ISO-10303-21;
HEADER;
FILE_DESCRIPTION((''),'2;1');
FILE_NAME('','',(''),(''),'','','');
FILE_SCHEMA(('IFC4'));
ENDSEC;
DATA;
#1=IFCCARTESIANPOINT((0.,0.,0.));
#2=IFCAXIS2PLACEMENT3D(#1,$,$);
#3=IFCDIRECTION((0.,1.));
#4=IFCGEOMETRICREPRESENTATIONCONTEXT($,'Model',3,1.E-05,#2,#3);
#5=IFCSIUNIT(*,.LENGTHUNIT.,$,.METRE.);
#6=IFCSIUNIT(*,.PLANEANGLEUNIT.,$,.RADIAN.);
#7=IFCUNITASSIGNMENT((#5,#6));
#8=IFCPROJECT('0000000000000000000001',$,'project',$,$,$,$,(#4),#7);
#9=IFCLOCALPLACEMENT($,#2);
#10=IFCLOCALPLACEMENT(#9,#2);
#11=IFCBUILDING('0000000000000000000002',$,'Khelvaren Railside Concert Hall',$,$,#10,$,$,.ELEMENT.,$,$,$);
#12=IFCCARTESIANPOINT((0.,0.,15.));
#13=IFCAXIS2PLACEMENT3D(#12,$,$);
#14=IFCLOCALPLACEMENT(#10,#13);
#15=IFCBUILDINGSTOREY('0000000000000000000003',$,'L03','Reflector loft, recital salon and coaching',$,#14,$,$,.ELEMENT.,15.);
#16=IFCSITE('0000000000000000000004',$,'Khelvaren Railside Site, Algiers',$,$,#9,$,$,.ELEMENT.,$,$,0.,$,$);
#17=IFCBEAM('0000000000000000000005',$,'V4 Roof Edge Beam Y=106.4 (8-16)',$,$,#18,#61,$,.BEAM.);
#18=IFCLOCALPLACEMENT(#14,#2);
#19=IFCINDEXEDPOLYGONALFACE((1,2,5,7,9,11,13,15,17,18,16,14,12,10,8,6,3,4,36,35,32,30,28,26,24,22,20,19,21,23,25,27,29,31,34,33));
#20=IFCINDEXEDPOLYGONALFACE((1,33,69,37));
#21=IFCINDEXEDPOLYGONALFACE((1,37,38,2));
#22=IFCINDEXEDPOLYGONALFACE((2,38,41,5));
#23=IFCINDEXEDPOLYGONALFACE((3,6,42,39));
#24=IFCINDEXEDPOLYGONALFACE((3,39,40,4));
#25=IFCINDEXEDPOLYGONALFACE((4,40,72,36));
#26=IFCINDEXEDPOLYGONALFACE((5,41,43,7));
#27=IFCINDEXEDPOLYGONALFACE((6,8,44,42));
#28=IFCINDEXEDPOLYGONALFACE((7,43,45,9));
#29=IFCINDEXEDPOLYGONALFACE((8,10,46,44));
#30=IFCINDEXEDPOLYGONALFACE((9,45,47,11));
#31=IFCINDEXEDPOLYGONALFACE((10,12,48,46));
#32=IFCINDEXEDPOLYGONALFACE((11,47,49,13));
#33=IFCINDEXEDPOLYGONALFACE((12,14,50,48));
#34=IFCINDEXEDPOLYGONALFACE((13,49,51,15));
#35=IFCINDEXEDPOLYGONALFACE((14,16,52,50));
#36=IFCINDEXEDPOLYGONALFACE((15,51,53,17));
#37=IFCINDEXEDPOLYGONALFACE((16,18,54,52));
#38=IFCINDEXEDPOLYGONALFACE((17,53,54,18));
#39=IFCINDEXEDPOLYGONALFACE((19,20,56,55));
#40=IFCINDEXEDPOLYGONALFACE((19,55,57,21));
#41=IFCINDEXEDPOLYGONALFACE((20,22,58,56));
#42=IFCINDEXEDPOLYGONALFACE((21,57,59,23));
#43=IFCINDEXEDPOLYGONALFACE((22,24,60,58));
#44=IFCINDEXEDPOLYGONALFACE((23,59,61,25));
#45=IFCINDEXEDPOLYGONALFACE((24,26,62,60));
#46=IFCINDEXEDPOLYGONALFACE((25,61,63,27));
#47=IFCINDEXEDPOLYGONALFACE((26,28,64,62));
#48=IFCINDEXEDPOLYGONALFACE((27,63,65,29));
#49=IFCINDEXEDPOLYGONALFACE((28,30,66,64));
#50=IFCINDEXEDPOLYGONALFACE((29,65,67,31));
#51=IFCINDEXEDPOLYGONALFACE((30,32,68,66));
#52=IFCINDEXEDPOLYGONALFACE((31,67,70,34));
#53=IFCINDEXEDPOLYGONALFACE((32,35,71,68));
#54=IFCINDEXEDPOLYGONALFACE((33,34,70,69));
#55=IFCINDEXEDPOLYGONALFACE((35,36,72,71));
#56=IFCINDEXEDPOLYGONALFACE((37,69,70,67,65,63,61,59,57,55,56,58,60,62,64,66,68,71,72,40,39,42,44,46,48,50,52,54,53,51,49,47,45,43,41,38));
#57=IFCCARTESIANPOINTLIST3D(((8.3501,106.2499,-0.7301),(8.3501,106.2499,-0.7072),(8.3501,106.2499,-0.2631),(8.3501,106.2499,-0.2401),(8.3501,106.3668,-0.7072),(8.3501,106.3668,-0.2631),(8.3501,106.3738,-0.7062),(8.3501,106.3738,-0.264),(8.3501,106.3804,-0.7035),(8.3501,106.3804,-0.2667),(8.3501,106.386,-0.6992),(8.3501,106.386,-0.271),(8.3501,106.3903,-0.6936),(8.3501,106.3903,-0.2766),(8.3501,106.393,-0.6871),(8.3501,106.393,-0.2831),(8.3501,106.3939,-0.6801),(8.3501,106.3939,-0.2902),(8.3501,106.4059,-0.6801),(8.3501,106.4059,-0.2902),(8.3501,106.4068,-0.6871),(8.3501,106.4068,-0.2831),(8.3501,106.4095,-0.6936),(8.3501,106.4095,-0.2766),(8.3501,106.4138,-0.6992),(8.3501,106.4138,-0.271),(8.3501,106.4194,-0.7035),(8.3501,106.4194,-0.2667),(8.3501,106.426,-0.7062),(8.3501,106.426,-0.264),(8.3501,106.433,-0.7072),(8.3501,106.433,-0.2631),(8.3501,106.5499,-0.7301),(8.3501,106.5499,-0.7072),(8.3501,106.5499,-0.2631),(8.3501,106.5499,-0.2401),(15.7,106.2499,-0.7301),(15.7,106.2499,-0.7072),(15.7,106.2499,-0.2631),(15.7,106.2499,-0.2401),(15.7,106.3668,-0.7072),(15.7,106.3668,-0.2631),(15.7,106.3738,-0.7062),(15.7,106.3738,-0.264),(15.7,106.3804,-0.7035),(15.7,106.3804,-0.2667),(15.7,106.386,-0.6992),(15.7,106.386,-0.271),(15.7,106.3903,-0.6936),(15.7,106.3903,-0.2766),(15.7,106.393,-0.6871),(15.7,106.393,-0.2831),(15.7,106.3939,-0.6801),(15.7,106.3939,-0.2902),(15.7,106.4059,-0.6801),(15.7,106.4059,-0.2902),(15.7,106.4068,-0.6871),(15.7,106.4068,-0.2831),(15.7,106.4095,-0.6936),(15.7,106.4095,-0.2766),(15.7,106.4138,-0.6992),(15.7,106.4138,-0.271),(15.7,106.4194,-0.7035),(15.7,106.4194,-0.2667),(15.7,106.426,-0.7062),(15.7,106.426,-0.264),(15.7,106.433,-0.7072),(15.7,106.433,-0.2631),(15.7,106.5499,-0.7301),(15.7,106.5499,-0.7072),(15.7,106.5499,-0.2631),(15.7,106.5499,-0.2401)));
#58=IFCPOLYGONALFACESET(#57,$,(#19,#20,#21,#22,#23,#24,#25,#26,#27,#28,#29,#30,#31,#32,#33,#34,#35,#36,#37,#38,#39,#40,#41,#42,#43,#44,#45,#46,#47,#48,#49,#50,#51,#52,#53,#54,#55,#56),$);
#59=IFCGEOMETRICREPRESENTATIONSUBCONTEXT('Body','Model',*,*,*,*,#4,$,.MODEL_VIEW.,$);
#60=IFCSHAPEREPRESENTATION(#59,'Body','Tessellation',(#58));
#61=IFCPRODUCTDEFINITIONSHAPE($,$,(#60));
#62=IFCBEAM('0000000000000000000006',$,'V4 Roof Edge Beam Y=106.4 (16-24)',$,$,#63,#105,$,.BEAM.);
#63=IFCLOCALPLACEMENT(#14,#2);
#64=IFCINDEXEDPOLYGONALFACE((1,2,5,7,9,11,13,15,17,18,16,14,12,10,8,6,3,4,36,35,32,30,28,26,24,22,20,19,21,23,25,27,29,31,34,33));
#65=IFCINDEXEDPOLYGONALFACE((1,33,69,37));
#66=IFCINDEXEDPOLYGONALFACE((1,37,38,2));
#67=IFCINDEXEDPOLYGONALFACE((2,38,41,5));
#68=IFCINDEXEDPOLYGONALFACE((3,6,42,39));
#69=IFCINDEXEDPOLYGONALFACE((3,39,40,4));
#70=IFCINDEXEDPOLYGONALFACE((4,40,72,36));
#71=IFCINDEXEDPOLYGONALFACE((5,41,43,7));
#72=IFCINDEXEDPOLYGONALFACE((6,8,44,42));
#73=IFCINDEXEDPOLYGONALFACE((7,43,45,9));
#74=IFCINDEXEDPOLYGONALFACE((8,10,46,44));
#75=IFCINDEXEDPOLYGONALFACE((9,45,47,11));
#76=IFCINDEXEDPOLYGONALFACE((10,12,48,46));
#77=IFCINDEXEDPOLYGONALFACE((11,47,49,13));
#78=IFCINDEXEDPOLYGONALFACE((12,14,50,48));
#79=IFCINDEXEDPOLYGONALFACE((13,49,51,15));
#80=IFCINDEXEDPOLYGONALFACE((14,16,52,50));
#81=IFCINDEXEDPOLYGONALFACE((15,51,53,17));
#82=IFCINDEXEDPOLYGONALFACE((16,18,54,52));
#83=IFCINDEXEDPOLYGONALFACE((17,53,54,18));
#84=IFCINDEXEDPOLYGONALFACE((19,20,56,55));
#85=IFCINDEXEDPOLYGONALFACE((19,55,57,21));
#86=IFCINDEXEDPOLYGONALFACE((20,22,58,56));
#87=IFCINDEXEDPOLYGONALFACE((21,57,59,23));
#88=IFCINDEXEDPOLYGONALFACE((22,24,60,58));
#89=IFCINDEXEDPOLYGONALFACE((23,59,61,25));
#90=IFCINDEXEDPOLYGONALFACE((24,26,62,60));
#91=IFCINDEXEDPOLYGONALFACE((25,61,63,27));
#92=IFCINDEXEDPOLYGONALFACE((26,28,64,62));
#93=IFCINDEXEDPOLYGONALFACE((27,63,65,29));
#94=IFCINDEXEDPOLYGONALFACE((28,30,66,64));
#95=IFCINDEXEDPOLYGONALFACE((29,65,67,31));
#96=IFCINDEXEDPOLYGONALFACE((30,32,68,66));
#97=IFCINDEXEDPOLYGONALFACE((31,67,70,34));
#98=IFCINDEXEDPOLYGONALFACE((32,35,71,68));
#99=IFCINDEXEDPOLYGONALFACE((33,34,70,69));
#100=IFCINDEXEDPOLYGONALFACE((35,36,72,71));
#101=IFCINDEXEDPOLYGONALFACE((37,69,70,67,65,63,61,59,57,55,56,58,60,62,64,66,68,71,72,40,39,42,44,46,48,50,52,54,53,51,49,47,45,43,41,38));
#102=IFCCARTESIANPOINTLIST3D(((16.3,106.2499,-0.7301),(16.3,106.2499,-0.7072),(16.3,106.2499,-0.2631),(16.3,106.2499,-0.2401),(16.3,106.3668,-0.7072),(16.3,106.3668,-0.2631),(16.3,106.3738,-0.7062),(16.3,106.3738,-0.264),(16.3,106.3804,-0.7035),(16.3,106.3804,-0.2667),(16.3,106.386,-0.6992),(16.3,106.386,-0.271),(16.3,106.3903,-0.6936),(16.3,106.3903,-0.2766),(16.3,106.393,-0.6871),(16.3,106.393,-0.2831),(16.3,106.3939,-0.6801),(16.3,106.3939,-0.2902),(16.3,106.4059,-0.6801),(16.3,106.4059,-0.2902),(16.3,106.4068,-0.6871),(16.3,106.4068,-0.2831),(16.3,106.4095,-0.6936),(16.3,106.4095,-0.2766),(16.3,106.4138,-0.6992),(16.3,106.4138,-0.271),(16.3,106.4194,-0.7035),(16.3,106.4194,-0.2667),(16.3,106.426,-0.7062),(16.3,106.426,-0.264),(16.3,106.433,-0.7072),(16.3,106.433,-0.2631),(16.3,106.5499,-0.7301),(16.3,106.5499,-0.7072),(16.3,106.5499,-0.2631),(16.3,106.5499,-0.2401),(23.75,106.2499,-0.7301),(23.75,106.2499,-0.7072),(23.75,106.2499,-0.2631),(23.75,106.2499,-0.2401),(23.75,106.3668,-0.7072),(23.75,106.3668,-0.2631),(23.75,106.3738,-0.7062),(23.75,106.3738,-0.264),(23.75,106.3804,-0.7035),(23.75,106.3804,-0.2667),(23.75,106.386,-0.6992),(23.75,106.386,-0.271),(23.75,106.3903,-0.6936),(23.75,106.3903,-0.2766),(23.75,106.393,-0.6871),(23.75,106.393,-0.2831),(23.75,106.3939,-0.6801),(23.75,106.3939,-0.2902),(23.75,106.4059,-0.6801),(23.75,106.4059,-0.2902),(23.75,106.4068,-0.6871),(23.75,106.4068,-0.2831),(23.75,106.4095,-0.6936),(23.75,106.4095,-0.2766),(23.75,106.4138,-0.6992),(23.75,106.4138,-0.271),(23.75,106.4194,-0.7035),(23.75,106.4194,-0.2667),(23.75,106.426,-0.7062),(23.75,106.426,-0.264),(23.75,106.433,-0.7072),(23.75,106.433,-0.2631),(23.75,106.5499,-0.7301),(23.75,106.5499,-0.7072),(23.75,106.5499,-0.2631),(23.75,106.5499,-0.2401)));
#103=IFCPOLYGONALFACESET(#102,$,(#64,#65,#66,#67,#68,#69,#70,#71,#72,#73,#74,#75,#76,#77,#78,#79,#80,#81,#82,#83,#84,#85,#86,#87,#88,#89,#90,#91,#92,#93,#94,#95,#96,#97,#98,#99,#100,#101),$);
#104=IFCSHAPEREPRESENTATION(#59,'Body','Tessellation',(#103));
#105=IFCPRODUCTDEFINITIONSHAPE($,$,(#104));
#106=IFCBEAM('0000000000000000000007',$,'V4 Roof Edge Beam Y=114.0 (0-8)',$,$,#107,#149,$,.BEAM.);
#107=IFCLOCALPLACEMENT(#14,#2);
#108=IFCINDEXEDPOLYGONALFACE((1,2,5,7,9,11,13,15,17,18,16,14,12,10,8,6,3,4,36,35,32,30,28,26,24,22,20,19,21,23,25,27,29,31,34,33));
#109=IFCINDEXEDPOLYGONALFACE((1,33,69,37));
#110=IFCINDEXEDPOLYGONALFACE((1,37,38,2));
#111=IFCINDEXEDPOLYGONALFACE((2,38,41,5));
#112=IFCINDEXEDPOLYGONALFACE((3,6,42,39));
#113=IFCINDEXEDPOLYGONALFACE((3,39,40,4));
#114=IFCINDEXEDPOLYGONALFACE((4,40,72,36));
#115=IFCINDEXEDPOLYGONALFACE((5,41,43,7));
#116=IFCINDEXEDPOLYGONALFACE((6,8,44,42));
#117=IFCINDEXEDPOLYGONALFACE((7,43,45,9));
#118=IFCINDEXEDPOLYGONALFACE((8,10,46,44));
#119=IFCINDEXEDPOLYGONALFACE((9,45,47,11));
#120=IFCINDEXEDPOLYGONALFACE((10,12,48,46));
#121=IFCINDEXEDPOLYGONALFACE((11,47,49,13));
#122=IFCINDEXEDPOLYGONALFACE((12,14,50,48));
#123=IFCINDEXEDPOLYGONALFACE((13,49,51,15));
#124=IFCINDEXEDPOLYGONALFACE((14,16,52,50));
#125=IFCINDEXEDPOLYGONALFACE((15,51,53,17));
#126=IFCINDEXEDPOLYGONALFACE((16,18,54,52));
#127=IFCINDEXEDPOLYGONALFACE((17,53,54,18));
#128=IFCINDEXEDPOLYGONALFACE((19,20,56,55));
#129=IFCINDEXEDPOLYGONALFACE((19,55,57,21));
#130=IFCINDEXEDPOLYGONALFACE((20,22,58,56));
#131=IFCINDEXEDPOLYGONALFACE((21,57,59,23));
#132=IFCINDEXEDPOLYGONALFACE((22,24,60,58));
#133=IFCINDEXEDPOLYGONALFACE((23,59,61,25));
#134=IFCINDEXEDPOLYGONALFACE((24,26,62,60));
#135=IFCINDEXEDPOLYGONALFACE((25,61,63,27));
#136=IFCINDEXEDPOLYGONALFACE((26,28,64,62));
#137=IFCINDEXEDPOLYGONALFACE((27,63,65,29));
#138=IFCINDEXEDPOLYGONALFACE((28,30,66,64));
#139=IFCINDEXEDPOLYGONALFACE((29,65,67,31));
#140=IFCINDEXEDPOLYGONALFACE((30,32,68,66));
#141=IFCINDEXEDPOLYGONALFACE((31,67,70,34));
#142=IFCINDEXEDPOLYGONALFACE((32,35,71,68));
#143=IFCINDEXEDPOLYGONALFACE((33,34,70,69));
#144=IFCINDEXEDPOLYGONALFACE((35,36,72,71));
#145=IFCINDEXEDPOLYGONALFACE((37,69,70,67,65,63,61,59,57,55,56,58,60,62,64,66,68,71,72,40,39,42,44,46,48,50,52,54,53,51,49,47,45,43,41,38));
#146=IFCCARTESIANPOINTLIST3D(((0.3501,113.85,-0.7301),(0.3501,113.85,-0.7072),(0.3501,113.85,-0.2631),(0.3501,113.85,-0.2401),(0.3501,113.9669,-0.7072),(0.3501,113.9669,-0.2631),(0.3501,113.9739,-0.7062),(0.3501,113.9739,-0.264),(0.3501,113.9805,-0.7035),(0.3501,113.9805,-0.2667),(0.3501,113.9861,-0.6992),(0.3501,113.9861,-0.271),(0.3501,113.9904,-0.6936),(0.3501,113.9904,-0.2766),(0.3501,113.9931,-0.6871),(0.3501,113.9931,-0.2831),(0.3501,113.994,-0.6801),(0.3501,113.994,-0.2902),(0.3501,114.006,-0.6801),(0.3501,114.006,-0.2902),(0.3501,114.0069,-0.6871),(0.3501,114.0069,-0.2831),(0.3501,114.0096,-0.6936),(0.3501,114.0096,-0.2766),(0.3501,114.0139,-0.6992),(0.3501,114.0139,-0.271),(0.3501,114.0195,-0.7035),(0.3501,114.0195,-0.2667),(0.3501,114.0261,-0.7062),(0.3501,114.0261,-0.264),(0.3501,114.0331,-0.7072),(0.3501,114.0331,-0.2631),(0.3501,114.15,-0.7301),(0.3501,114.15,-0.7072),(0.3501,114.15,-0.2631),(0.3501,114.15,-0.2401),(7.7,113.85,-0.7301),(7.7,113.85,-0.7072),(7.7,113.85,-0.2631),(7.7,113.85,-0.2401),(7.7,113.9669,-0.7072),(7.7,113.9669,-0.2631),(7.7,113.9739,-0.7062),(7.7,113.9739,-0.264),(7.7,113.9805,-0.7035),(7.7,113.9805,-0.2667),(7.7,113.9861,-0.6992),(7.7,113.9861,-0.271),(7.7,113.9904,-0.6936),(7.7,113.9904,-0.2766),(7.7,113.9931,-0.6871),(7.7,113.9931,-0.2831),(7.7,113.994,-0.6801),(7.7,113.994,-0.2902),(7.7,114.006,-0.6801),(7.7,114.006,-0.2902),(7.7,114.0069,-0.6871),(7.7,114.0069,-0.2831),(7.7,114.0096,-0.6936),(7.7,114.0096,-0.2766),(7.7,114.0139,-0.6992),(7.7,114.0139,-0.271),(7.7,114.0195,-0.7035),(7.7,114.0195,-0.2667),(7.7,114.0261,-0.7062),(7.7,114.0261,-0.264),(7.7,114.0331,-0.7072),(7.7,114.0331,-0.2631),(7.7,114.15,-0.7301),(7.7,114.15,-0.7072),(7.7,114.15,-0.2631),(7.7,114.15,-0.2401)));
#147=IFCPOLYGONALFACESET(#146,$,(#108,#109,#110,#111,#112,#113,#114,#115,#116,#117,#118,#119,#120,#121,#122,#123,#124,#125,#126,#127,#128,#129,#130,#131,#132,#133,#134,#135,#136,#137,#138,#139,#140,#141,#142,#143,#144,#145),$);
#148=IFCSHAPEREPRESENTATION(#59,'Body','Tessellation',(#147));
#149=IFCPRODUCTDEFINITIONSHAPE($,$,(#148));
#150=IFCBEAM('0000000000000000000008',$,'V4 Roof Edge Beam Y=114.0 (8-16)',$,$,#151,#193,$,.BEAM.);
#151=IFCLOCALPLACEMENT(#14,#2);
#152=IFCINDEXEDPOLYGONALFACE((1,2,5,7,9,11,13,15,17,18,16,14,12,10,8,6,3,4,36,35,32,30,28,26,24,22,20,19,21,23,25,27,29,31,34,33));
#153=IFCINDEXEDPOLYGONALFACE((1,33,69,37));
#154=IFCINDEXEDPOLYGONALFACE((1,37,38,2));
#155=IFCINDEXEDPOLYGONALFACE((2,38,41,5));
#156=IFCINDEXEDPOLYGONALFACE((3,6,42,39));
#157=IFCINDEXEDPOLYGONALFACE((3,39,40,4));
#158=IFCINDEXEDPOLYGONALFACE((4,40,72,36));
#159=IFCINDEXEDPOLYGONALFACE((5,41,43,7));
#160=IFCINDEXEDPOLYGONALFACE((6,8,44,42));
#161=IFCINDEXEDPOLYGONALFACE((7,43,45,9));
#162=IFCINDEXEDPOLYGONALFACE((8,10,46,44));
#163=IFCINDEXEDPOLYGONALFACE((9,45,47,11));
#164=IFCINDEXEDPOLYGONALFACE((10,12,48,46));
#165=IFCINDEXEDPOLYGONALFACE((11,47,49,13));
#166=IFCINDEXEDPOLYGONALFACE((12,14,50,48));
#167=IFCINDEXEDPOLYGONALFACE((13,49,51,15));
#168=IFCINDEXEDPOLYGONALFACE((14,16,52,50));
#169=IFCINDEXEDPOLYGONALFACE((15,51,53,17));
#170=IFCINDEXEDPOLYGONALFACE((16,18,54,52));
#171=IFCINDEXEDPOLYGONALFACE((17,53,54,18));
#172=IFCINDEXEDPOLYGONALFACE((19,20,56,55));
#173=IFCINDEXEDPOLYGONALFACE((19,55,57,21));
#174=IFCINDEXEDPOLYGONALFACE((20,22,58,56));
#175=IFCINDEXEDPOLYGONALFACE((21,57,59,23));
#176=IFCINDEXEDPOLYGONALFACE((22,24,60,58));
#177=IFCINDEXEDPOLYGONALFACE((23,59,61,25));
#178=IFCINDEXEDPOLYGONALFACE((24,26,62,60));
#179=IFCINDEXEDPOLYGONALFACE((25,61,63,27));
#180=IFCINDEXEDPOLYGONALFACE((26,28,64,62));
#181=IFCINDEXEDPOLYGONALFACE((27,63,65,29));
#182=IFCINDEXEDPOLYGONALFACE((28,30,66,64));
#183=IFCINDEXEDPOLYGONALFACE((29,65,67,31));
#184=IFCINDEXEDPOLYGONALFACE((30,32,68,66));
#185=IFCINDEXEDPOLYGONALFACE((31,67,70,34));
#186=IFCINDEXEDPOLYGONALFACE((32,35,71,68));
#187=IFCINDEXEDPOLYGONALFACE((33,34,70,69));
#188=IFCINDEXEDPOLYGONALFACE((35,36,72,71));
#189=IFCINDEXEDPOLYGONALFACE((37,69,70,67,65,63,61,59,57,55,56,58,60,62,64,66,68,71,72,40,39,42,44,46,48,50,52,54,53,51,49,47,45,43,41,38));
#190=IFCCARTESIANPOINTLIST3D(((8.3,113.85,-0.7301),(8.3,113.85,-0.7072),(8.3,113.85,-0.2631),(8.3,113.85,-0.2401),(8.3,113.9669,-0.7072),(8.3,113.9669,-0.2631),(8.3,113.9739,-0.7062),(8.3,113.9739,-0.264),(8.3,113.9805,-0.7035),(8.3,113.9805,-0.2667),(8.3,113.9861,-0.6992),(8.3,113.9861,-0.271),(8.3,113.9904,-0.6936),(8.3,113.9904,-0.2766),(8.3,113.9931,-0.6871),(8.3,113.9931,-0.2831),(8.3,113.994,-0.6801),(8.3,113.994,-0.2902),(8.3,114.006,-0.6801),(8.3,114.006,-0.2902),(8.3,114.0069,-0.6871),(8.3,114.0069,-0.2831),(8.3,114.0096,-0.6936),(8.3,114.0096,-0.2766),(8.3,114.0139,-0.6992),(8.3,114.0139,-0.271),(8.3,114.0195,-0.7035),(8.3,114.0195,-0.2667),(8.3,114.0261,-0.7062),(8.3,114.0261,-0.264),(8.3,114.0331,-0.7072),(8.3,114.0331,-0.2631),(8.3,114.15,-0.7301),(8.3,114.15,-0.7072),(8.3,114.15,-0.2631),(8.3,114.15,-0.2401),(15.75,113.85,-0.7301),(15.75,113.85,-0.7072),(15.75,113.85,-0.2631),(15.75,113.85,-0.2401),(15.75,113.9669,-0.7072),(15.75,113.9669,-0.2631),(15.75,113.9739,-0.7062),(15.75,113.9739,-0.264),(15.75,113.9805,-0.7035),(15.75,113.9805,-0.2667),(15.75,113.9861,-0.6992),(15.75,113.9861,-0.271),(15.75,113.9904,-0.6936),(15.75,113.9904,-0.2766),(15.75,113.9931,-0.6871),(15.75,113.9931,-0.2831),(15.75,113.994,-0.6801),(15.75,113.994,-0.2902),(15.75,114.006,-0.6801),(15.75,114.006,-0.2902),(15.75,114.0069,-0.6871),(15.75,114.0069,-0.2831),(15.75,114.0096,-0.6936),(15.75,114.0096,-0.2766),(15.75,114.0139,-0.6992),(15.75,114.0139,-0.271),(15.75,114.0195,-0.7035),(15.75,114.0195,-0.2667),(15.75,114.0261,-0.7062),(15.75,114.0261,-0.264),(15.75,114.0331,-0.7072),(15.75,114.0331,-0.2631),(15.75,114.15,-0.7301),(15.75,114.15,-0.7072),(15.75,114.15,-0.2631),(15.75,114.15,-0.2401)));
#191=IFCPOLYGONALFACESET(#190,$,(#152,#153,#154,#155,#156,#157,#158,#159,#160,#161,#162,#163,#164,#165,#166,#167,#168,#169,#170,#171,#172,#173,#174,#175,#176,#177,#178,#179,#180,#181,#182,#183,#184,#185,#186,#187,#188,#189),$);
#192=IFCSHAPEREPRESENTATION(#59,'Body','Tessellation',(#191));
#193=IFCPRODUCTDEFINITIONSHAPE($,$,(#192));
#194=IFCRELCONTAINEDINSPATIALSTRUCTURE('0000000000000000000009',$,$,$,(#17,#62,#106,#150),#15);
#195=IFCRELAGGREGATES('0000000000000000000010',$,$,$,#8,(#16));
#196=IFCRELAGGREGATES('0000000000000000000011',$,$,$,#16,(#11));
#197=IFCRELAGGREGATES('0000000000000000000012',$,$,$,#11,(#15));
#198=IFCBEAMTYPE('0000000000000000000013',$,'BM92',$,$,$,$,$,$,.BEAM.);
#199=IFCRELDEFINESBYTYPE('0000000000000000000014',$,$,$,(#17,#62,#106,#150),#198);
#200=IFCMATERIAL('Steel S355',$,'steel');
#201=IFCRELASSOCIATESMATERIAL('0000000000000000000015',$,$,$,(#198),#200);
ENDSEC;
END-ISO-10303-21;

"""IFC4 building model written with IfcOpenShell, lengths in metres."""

from ifc_helpers import new_model, si_unit, direction, frame, origin, origin_2d, place, context, subcontext, project, spatial, i_section, extrude, material, material_profile, profile_set, type_object, element, save


model = new_model("IFC4")

# Units and contexts
model_context = context("Model", 3, precision=1e-05, world=origin(), true_north=direction((0.0, 1.0)))
body_context = subcontext(model_context, "Body", "Model", "MODEL_VIEW")
ifc_project = project(units=[si_unit("LENGTHUNIT", "METRE"), si_unit("PLANEANGLEUNIT", "RADIAN")], contexts=[model_context])

# Site, building, storey
site_placement = place(None, origin())
site = spatial("IfcSite", under=ifc_project, at=site_placement, Name="Khelvaren Railside Site, Algiers", CompositionType="ELEMENT", RefElevation=0.0)
building_placement = place(site_placement, origin())
building = spatial("IfcBuilding", under=site, at=building_placement, Name="Khelvaren Railside Concert Hall", CompositionType="ELEMENT")
storey_placement = place(building_placement, frame((0.0, 0.0, 15.0)))
storey = spatial("IfcBuildingStorey", under=building, at=storey_placement, Name="L03", Description="Reflector loft, recital salon and coaching", CompositionType="ELEMENT", Elevation=15.0)

# Beams
ifc_material_1 = material(Name="Steel S355", Category="steel")
ifc_material_profile_1 = material_profile(ifc_material_1, i_section(OverallWidth=0.3, OverallDepth=0.49, WebThickness=0.012, FlangeThickness=0.0229, FilletRadius=0.0271, at=origin_2d()), Name="HEA 500")
ifc_profile_set_1 = profile_set([ifc_material_profile_1], Name="Steel S355")
beam_type = type_object("IfcBeamType", Name="BM92", PredefinedType="BEAM", material=ifc_profile_set_1)
beam_1_placement = place(storey_placement, frame((8.3501, 106.3999, -0.4851), z_axis=(1.0, 0.0, 0.0), x_axis=(0.0, 1.0, 0.0)))
element("IfcBeam", 1, at=beam_1_placement, inside=storey, type_object=beam_type, Name="V4 Roof Edge Beam Y=106.4 (8-16)", PredefinedType="BEAM", context=body_context, shape_type="SweptSolid", body=[
    extrude(i_section(OverallWidth=0.3, OverallDepth=0.49, WebThickness=0.012, FlangeThickness=0.0229, FilletRadius=0.0271, at=origin_2d()), origin(), (0.0, 0.0, 1.0), 7.3499),
])
beam_2_placement = place(storey_placement, frame((16.3, 106.3999, -0.4851), z_axis=(1.0, 0.0, 0.0), x_axis=(0.0, 1.0, 0.0)))
element("IfcBeam", 2, at=beam_2_placement, inside=storey, type_object=beam_type, Name="V4 Roof Edge Beam Y=106.4 (16-24)", PredefinedType="BEAM", context=body_context, shape_type="SweptSolid", body=[
    extrude(i_section(OverallWidth=0.3, OverallDepth=0.49, WebThickness=0.012, FlangeThickness=0.0229, FilletRadius=0.0271, at=origin_2d()), origin(), (0.0, 0.0, 1.0), 7.45),
])
beam_3_placement = place(storey_placement, frame((0.3501, 114.0, -0.4851), z_axis=(1.0, 0.0, 0.0), x_axis=(0.0, 1.0, 0.0)))
element("IfcBeam", 3, at=beam_3_placement, inside=storey, type_object=beam_type, Name="V4 Roof Edge Beam Y=114.0 (0-8)", PredefinedType="BEAM", context=body_context, shape_type="SweptSolid", body=[
    extrude(i_section(OverallWidth=0.3, OverallDepth=0.49, WebThickness=0.012, FlangeThickness=0.0229, FilletRadius=0.0271, at=origin_2d()), origin(), (0.0, 0.0, 1.0), 7.3499),
])
for number, where, z_axis, x_axis, name in (
    (4, (8.3, 114.0, -0.4851), (1.0, 0.0, 0.0), (0.0, 1.0, 0.0), "V4 Roof Edge Beam Y=114.0 (8-16)"),
):
    element("IfcBeam", number, at=place(storey_placement, frame(where, z_axis=z_axis, x_axis=x_axis)), inside=storey, type_object=beam_type, Name=name, PredefinedType="BEAM", context=body_context, shape_type="SweptSolid", body=[
        extrude(i_section(OverallWidth=0.3, OverallDepth=0.49, WebThickness=0.012, FlangeThickness=0.0229, FilletRadius=0.0271, at=origin_2d()), origin(), (0.0, 0.0, 1.0), 7.45),
    ])

save(model, "model.ifc")
